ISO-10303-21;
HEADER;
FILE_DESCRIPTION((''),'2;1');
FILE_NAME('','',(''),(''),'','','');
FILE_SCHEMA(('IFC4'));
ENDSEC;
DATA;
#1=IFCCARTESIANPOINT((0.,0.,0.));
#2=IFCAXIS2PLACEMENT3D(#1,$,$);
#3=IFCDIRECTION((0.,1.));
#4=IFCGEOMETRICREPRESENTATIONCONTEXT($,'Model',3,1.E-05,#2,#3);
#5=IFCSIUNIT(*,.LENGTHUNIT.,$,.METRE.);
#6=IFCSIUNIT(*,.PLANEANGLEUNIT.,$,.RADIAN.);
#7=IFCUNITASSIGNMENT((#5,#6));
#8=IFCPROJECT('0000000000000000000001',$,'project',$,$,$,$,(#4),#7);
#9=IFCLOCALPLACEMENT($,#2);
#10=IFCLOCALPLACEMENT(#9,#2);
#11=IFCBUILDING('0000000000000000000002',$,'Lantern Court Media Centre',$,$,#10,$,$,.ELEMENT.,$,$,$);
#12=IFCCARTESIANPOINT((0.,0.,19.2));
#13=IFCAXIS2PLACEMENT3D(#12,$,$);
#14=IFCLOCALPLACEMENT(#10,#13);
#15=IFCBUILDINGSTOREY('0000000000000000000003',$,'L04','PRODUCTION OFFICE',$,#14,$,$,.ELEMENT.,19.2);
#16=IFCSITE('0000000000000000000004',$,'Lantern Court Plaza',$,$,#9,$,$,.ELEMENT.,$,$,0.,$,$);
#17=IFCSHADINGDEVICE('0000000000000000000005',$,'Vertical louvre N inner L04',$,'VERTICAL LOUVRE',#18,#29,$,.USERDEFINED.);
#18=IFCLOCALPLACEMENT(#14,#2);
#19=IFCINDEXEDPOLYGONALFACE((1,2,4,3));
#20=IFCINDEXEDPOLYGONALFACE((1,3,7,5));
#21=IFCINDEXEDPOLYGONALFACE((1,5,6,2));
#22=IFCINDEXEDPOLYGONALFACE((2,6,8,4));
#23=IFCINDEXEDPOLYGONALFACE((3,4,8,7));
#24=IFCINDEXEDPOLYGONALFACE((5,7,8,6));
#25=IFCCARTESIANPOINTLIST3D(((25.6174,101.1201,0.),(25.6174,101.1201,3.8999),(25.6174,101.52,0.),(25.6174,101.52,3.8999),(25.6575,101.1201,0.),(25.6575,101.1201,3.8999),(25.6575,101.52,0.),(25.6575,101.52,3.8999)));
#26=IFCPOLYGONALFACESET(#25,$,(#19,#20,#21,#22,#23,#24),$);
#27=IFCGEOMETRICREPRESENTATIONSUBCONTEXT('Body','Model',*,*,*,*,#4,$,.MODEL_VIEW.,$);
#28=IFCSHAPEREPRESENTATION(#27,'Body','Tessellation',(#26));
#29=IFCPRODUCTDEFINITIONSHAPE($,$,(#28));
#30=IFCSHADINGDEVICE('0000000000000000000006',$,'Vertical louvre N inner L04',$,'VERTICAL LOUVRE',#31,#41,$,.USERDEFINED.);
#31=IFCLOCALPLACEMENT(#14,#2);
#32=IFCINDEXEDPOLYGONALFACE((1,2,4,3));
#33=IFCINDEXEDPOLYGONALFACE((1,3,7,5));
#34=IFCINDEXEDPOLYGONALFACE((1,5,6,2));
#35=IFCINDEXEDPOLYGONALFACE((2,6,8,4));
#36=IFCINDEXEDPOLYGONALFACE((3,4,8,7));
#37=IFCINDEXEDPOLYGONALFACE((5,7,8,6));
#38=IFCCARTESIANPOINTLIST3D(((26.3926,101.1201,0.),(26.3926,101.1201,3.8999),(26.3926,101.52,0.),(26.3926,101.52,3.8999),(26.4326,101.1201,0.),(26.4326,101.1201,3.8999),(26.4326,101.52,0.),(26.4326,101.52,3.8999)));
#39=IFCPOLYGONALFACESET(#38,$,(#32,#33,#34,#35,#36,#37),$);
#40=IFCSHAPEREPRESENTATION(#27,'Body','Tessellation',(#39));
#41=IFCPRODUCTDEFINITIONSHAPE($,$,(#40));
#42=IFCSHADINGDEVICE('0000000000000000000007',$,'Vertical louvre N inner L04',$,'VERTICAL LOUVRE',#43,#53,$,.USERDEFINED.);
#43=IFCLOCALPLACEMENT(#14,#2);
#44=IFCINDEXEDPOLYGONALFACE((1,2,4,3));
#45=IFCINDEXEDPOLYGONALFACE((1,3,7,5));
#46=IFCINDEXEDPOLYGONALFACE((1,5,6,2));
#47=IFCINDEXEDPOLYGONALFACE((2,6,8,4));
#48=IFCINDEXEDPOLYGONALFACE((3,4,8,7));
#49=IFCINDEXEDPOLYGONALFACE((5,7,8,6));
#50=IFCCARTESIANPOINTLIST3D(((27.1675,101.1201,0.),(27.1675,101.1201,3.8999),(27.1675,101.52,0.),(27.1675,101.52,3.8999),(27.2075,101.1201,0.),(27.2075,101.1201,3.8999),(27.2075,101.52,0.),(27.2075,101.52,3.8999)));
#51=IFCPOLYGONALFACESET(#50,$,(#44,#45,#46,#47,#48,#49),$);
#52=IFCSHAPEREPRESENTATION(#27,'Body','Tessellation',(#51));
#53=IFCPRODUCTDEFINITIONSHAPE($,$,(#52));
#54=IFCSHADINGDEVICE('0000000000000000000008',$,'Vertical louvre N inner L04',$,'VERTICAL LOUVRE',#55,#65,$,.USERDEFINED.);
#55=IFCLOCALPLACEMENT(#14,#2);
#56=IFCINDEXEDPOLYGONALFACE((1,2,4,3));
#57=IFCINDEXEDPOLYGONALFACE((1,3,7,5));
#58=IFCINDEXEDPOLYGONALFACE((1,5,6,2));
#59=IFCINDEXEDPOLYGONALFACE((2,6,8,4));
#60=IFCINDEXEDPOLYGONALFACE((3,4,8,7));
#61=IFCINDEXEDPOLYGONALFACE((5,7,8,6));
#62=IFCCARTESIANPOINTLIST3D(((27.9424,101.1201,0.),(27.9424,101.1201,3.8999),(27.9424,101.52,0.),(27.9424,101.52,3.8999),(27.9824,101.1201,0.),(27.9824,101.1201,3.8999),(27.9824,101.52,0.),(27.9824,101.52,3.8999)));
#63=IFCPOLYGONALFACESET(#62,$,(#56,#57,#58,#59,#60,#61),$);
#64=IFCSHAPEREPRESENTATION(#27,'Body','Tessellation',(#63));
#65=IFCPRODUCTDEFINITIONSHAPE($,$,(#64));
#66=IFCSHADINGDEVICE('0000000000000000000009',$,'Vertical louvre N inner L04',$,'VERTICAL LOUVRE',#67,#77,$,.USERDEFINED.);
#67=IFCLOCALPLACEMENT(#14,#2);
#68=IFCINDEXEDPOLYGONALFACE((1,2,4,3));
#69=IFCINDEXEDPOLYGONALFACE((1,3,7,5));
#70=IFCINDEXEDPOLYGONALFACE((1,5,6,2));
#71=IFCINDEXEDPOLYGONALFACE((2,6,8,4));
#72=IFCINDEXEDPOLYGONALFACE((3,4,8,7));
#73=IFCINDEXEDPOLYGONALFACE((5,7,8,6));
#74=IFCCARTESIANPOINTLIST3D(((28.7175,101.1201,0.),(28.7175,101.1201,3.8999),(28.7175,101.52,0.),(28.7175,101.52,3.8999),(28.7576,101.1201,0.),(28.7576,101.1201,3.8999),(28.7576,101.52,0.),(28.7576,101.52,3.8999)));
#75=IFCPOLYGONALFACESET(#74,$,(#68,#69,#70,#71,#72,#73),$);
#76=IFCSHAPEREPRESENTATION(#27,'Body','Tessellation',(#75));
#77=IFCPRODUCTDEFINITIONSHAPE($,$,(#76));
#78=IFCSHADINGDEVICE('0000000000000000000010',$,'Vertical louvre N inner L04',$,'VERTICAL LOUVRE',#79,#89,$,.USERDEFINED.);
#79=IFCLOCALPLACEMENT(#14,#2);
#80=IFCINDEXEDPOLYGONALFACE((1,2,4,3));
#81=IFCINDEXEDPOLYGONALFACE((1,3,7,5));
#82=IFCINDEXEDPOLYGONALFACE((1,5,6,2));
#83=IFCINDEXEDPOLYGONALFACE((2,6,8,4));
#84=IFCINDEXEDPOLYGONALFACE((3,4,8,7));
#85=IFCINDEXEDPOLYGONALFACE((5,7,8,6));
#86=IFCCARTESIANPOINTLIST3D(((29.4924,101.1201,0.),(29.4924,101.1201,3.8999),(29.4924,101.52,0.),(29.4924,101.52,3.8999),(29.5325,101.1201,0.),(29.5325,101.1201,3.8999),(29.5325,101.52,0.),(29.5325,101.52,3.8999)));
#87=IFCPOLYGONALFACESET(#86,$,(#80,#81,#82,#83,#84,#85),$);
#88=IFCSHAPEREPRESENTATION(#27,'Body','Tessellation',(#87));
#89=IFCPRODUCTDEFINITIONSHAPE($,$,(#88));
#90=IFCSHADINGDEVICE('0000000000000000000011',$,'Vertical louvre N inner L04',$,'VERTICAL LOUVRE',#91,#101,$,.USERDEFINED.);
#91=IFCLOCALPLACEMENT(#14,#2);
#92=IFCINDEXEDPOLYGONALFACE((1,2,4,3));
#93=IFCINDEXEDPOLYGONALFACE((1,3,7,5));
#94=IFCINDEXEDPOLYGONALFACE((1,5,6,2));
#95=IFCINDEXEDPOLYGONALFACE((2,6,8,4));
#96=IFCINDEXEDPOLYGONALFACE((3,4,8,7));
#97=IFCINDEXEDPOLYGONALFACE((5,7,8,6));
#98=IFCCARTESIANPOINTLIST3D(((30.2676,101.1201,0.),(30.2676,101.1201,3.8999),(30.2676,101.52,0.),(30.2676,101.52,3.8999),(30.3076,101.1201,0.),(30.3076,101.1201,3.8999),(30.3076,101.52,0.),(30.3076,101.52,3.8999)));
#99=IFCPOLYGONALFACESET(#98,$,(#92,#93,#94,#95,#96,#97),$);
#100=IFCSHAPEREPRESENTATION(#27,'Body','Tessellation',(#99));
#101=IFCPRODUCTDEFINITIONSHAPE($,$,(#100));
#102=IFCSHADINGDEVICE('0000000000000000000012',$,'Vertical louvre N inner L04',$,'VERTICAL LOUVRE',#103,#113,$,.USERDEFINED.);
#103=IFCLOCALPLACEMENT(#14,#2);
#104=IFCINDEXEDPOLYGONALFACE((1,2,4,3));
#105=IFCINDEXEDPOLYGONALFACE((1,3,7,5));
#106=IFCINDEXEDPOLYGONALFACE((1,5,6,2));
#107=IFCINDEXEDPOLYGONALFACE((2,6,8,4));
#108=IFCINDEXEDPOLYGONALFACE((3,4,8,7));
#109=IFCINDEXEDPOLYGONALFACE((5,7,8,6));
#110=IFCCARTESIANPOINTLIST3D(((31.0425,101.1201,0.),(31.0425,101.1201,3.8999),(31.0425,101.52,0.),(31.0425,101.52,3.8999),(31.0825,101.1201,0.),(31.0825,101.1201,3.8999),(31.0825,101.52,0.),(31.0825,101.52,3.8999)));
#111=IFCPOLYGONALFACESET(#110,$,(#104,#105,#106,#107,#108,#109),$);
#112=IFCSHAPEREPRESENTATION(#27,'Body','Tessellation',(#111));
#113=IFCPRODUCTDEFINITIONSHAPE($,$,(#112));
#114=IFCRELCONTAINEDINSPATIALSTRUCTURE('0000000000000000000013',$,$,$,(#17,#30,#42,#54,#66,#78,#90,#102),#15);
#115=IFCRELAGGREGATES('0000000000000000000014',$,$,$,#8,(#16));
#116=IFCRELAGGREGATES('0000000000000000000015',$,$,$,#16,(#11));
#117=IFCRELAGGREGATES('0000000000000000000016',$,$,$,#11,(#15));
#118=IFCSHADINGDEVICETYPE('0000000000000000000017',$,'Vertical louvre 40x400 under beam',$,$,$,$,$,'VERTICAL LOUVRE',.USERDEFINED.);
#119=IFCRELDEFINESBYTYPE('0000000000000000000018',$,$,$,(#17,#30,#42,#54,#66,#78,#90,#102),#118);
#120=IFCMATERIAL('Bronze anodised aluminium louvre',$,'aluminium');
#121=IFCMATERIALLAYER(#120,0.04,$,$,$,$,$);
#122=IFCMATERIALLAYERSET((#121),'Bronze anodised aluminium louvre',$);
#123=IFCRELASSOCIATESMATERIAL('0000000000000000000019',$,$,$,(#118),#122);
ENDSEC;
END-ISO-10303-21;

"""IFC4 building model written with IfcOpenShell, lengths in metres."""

from ifc_helpers import new_model, si_unit, direction, frame, origin, origin_2d, place, context, subcontext, project, spatial, rectangle, extrude, material, layer, layer_set, type_object, element, save


model = new_model("IFC4")

# Units and contexts
model_context = context("Model", 3, precision=1e-05, world=origin(), true_north=direction((0.0, 1.0)))
body_context = subcontext(model_context, "Body", "Model", "MODEL_VIEW")
ifc_project = project(units=[si_unit("LENGTHUNIT", "METRE"), si_unit("PLANEANGLEUNIT", "RADIAN")], contexts=[model_context])

# Site, building, storey
site_placement = place(None, origin())
site = spatial("IfcSite", under=ifc_project, at=site_placement, Name="Lantern Court Plaza", CompositionType="ELEMENT", RefElevation=0.0)
building_placement = place(site_placement, origin())
building = spatial("IfcBuilding", under=site, at=building_placement, Name="Lantern Court Media Centre", CompositionType="ELEMENT")
storey_placement = place(building_placement, frame((0.0, 0.0, 19.2)))
storey = spatial("IfcBuildingStorey", under=building, at=storey_placement, Name="L04", Description="PRODUCTION OFFICE", CompositionType="ELEMENT", Elevation=19.2)

# Shading devices
ifc_material_1 = material(Name="Bronze anodised aluminium louvre", Category="aluminium")
ifc_layer_1 = layer(ifc_material_1, 0.04)
ifc_layer_set_1 = layer_set([ifc_layer_1], Name="Bronze anodised aluminium louvre")
shading_device_type = type_object("IfcShadingDeviceType", Name="Vertical louvre 40x400 under beam", ElementType="VERTICAL LOUVRE", PredefinedType="USERDEFINED", material=ifc_layer_set_1)
for number, where, z_axis, x_axis, name in (
    (1, (25.6375, 101.3201, 0.0), (0.0, 0.0, 1.0), (1.0, 0.0, 0.0), "Vertical louvre N inner L04"),
    (2, (26.4126, 101.3201, 0.0), (0.0, 0.0, 1.0), (1.0, 0.0, 0.0), "Vertical louvre N inner L04"),
    (3, (27.1875, 101.3201, 0.0), (0.0, 0.0, 1.0), (1.0, 0.0, 0.0), "Vertical louvre N inner L04"),
    (4, (27.9624, 101.3201, 0.0), (0.0, 0.0, 1.0), (1.0, 0.0, 0.0), "Vertical louvre N inner L04"),
    (5, (28.7375, 101.3201, 0.0), (0.0, 0.0, 1.0), (1.0, 0.0, 0.0), "Vertical louvre N inner L04"),
    (6, (29.5125, 101.3201, 0.0), (0.0, 0.0, 1.0), (1.0, 0.0, 0.0), "Vertical louvre N inner L04"),
    (7, (30.2876, 101.3201, 0.0), (0.0, 0.0, 1.0), (1.0, 0.0, 0.0), "Vertical louvre N inner L04"),
    (8, (31.0625, 101.3201, 0.0), (0.0, 0.0, 1.0), (1.0, 0.0, 0.0), "Vertical louvre N inner L04"),
):
    element("IfcShadingDevice", number, at=place(storey_placement, frame(where, z_axis=z_axis, x_axis=x_axis)), inside=storey, type_object=shading_device_type, Name=name, ObjectType="VERTICAL LOUVRE", PredefinedType="USERDEFINED", context=body_context, shape_type="SweptSolid", body=[
        extrude(rectangle(XDim=0.04, YDim=0.3999, at=origin_2d()), origin(), (0.0, 0.0, 1.0), 3.8999),
    ])

save(model, "model.ifc")
